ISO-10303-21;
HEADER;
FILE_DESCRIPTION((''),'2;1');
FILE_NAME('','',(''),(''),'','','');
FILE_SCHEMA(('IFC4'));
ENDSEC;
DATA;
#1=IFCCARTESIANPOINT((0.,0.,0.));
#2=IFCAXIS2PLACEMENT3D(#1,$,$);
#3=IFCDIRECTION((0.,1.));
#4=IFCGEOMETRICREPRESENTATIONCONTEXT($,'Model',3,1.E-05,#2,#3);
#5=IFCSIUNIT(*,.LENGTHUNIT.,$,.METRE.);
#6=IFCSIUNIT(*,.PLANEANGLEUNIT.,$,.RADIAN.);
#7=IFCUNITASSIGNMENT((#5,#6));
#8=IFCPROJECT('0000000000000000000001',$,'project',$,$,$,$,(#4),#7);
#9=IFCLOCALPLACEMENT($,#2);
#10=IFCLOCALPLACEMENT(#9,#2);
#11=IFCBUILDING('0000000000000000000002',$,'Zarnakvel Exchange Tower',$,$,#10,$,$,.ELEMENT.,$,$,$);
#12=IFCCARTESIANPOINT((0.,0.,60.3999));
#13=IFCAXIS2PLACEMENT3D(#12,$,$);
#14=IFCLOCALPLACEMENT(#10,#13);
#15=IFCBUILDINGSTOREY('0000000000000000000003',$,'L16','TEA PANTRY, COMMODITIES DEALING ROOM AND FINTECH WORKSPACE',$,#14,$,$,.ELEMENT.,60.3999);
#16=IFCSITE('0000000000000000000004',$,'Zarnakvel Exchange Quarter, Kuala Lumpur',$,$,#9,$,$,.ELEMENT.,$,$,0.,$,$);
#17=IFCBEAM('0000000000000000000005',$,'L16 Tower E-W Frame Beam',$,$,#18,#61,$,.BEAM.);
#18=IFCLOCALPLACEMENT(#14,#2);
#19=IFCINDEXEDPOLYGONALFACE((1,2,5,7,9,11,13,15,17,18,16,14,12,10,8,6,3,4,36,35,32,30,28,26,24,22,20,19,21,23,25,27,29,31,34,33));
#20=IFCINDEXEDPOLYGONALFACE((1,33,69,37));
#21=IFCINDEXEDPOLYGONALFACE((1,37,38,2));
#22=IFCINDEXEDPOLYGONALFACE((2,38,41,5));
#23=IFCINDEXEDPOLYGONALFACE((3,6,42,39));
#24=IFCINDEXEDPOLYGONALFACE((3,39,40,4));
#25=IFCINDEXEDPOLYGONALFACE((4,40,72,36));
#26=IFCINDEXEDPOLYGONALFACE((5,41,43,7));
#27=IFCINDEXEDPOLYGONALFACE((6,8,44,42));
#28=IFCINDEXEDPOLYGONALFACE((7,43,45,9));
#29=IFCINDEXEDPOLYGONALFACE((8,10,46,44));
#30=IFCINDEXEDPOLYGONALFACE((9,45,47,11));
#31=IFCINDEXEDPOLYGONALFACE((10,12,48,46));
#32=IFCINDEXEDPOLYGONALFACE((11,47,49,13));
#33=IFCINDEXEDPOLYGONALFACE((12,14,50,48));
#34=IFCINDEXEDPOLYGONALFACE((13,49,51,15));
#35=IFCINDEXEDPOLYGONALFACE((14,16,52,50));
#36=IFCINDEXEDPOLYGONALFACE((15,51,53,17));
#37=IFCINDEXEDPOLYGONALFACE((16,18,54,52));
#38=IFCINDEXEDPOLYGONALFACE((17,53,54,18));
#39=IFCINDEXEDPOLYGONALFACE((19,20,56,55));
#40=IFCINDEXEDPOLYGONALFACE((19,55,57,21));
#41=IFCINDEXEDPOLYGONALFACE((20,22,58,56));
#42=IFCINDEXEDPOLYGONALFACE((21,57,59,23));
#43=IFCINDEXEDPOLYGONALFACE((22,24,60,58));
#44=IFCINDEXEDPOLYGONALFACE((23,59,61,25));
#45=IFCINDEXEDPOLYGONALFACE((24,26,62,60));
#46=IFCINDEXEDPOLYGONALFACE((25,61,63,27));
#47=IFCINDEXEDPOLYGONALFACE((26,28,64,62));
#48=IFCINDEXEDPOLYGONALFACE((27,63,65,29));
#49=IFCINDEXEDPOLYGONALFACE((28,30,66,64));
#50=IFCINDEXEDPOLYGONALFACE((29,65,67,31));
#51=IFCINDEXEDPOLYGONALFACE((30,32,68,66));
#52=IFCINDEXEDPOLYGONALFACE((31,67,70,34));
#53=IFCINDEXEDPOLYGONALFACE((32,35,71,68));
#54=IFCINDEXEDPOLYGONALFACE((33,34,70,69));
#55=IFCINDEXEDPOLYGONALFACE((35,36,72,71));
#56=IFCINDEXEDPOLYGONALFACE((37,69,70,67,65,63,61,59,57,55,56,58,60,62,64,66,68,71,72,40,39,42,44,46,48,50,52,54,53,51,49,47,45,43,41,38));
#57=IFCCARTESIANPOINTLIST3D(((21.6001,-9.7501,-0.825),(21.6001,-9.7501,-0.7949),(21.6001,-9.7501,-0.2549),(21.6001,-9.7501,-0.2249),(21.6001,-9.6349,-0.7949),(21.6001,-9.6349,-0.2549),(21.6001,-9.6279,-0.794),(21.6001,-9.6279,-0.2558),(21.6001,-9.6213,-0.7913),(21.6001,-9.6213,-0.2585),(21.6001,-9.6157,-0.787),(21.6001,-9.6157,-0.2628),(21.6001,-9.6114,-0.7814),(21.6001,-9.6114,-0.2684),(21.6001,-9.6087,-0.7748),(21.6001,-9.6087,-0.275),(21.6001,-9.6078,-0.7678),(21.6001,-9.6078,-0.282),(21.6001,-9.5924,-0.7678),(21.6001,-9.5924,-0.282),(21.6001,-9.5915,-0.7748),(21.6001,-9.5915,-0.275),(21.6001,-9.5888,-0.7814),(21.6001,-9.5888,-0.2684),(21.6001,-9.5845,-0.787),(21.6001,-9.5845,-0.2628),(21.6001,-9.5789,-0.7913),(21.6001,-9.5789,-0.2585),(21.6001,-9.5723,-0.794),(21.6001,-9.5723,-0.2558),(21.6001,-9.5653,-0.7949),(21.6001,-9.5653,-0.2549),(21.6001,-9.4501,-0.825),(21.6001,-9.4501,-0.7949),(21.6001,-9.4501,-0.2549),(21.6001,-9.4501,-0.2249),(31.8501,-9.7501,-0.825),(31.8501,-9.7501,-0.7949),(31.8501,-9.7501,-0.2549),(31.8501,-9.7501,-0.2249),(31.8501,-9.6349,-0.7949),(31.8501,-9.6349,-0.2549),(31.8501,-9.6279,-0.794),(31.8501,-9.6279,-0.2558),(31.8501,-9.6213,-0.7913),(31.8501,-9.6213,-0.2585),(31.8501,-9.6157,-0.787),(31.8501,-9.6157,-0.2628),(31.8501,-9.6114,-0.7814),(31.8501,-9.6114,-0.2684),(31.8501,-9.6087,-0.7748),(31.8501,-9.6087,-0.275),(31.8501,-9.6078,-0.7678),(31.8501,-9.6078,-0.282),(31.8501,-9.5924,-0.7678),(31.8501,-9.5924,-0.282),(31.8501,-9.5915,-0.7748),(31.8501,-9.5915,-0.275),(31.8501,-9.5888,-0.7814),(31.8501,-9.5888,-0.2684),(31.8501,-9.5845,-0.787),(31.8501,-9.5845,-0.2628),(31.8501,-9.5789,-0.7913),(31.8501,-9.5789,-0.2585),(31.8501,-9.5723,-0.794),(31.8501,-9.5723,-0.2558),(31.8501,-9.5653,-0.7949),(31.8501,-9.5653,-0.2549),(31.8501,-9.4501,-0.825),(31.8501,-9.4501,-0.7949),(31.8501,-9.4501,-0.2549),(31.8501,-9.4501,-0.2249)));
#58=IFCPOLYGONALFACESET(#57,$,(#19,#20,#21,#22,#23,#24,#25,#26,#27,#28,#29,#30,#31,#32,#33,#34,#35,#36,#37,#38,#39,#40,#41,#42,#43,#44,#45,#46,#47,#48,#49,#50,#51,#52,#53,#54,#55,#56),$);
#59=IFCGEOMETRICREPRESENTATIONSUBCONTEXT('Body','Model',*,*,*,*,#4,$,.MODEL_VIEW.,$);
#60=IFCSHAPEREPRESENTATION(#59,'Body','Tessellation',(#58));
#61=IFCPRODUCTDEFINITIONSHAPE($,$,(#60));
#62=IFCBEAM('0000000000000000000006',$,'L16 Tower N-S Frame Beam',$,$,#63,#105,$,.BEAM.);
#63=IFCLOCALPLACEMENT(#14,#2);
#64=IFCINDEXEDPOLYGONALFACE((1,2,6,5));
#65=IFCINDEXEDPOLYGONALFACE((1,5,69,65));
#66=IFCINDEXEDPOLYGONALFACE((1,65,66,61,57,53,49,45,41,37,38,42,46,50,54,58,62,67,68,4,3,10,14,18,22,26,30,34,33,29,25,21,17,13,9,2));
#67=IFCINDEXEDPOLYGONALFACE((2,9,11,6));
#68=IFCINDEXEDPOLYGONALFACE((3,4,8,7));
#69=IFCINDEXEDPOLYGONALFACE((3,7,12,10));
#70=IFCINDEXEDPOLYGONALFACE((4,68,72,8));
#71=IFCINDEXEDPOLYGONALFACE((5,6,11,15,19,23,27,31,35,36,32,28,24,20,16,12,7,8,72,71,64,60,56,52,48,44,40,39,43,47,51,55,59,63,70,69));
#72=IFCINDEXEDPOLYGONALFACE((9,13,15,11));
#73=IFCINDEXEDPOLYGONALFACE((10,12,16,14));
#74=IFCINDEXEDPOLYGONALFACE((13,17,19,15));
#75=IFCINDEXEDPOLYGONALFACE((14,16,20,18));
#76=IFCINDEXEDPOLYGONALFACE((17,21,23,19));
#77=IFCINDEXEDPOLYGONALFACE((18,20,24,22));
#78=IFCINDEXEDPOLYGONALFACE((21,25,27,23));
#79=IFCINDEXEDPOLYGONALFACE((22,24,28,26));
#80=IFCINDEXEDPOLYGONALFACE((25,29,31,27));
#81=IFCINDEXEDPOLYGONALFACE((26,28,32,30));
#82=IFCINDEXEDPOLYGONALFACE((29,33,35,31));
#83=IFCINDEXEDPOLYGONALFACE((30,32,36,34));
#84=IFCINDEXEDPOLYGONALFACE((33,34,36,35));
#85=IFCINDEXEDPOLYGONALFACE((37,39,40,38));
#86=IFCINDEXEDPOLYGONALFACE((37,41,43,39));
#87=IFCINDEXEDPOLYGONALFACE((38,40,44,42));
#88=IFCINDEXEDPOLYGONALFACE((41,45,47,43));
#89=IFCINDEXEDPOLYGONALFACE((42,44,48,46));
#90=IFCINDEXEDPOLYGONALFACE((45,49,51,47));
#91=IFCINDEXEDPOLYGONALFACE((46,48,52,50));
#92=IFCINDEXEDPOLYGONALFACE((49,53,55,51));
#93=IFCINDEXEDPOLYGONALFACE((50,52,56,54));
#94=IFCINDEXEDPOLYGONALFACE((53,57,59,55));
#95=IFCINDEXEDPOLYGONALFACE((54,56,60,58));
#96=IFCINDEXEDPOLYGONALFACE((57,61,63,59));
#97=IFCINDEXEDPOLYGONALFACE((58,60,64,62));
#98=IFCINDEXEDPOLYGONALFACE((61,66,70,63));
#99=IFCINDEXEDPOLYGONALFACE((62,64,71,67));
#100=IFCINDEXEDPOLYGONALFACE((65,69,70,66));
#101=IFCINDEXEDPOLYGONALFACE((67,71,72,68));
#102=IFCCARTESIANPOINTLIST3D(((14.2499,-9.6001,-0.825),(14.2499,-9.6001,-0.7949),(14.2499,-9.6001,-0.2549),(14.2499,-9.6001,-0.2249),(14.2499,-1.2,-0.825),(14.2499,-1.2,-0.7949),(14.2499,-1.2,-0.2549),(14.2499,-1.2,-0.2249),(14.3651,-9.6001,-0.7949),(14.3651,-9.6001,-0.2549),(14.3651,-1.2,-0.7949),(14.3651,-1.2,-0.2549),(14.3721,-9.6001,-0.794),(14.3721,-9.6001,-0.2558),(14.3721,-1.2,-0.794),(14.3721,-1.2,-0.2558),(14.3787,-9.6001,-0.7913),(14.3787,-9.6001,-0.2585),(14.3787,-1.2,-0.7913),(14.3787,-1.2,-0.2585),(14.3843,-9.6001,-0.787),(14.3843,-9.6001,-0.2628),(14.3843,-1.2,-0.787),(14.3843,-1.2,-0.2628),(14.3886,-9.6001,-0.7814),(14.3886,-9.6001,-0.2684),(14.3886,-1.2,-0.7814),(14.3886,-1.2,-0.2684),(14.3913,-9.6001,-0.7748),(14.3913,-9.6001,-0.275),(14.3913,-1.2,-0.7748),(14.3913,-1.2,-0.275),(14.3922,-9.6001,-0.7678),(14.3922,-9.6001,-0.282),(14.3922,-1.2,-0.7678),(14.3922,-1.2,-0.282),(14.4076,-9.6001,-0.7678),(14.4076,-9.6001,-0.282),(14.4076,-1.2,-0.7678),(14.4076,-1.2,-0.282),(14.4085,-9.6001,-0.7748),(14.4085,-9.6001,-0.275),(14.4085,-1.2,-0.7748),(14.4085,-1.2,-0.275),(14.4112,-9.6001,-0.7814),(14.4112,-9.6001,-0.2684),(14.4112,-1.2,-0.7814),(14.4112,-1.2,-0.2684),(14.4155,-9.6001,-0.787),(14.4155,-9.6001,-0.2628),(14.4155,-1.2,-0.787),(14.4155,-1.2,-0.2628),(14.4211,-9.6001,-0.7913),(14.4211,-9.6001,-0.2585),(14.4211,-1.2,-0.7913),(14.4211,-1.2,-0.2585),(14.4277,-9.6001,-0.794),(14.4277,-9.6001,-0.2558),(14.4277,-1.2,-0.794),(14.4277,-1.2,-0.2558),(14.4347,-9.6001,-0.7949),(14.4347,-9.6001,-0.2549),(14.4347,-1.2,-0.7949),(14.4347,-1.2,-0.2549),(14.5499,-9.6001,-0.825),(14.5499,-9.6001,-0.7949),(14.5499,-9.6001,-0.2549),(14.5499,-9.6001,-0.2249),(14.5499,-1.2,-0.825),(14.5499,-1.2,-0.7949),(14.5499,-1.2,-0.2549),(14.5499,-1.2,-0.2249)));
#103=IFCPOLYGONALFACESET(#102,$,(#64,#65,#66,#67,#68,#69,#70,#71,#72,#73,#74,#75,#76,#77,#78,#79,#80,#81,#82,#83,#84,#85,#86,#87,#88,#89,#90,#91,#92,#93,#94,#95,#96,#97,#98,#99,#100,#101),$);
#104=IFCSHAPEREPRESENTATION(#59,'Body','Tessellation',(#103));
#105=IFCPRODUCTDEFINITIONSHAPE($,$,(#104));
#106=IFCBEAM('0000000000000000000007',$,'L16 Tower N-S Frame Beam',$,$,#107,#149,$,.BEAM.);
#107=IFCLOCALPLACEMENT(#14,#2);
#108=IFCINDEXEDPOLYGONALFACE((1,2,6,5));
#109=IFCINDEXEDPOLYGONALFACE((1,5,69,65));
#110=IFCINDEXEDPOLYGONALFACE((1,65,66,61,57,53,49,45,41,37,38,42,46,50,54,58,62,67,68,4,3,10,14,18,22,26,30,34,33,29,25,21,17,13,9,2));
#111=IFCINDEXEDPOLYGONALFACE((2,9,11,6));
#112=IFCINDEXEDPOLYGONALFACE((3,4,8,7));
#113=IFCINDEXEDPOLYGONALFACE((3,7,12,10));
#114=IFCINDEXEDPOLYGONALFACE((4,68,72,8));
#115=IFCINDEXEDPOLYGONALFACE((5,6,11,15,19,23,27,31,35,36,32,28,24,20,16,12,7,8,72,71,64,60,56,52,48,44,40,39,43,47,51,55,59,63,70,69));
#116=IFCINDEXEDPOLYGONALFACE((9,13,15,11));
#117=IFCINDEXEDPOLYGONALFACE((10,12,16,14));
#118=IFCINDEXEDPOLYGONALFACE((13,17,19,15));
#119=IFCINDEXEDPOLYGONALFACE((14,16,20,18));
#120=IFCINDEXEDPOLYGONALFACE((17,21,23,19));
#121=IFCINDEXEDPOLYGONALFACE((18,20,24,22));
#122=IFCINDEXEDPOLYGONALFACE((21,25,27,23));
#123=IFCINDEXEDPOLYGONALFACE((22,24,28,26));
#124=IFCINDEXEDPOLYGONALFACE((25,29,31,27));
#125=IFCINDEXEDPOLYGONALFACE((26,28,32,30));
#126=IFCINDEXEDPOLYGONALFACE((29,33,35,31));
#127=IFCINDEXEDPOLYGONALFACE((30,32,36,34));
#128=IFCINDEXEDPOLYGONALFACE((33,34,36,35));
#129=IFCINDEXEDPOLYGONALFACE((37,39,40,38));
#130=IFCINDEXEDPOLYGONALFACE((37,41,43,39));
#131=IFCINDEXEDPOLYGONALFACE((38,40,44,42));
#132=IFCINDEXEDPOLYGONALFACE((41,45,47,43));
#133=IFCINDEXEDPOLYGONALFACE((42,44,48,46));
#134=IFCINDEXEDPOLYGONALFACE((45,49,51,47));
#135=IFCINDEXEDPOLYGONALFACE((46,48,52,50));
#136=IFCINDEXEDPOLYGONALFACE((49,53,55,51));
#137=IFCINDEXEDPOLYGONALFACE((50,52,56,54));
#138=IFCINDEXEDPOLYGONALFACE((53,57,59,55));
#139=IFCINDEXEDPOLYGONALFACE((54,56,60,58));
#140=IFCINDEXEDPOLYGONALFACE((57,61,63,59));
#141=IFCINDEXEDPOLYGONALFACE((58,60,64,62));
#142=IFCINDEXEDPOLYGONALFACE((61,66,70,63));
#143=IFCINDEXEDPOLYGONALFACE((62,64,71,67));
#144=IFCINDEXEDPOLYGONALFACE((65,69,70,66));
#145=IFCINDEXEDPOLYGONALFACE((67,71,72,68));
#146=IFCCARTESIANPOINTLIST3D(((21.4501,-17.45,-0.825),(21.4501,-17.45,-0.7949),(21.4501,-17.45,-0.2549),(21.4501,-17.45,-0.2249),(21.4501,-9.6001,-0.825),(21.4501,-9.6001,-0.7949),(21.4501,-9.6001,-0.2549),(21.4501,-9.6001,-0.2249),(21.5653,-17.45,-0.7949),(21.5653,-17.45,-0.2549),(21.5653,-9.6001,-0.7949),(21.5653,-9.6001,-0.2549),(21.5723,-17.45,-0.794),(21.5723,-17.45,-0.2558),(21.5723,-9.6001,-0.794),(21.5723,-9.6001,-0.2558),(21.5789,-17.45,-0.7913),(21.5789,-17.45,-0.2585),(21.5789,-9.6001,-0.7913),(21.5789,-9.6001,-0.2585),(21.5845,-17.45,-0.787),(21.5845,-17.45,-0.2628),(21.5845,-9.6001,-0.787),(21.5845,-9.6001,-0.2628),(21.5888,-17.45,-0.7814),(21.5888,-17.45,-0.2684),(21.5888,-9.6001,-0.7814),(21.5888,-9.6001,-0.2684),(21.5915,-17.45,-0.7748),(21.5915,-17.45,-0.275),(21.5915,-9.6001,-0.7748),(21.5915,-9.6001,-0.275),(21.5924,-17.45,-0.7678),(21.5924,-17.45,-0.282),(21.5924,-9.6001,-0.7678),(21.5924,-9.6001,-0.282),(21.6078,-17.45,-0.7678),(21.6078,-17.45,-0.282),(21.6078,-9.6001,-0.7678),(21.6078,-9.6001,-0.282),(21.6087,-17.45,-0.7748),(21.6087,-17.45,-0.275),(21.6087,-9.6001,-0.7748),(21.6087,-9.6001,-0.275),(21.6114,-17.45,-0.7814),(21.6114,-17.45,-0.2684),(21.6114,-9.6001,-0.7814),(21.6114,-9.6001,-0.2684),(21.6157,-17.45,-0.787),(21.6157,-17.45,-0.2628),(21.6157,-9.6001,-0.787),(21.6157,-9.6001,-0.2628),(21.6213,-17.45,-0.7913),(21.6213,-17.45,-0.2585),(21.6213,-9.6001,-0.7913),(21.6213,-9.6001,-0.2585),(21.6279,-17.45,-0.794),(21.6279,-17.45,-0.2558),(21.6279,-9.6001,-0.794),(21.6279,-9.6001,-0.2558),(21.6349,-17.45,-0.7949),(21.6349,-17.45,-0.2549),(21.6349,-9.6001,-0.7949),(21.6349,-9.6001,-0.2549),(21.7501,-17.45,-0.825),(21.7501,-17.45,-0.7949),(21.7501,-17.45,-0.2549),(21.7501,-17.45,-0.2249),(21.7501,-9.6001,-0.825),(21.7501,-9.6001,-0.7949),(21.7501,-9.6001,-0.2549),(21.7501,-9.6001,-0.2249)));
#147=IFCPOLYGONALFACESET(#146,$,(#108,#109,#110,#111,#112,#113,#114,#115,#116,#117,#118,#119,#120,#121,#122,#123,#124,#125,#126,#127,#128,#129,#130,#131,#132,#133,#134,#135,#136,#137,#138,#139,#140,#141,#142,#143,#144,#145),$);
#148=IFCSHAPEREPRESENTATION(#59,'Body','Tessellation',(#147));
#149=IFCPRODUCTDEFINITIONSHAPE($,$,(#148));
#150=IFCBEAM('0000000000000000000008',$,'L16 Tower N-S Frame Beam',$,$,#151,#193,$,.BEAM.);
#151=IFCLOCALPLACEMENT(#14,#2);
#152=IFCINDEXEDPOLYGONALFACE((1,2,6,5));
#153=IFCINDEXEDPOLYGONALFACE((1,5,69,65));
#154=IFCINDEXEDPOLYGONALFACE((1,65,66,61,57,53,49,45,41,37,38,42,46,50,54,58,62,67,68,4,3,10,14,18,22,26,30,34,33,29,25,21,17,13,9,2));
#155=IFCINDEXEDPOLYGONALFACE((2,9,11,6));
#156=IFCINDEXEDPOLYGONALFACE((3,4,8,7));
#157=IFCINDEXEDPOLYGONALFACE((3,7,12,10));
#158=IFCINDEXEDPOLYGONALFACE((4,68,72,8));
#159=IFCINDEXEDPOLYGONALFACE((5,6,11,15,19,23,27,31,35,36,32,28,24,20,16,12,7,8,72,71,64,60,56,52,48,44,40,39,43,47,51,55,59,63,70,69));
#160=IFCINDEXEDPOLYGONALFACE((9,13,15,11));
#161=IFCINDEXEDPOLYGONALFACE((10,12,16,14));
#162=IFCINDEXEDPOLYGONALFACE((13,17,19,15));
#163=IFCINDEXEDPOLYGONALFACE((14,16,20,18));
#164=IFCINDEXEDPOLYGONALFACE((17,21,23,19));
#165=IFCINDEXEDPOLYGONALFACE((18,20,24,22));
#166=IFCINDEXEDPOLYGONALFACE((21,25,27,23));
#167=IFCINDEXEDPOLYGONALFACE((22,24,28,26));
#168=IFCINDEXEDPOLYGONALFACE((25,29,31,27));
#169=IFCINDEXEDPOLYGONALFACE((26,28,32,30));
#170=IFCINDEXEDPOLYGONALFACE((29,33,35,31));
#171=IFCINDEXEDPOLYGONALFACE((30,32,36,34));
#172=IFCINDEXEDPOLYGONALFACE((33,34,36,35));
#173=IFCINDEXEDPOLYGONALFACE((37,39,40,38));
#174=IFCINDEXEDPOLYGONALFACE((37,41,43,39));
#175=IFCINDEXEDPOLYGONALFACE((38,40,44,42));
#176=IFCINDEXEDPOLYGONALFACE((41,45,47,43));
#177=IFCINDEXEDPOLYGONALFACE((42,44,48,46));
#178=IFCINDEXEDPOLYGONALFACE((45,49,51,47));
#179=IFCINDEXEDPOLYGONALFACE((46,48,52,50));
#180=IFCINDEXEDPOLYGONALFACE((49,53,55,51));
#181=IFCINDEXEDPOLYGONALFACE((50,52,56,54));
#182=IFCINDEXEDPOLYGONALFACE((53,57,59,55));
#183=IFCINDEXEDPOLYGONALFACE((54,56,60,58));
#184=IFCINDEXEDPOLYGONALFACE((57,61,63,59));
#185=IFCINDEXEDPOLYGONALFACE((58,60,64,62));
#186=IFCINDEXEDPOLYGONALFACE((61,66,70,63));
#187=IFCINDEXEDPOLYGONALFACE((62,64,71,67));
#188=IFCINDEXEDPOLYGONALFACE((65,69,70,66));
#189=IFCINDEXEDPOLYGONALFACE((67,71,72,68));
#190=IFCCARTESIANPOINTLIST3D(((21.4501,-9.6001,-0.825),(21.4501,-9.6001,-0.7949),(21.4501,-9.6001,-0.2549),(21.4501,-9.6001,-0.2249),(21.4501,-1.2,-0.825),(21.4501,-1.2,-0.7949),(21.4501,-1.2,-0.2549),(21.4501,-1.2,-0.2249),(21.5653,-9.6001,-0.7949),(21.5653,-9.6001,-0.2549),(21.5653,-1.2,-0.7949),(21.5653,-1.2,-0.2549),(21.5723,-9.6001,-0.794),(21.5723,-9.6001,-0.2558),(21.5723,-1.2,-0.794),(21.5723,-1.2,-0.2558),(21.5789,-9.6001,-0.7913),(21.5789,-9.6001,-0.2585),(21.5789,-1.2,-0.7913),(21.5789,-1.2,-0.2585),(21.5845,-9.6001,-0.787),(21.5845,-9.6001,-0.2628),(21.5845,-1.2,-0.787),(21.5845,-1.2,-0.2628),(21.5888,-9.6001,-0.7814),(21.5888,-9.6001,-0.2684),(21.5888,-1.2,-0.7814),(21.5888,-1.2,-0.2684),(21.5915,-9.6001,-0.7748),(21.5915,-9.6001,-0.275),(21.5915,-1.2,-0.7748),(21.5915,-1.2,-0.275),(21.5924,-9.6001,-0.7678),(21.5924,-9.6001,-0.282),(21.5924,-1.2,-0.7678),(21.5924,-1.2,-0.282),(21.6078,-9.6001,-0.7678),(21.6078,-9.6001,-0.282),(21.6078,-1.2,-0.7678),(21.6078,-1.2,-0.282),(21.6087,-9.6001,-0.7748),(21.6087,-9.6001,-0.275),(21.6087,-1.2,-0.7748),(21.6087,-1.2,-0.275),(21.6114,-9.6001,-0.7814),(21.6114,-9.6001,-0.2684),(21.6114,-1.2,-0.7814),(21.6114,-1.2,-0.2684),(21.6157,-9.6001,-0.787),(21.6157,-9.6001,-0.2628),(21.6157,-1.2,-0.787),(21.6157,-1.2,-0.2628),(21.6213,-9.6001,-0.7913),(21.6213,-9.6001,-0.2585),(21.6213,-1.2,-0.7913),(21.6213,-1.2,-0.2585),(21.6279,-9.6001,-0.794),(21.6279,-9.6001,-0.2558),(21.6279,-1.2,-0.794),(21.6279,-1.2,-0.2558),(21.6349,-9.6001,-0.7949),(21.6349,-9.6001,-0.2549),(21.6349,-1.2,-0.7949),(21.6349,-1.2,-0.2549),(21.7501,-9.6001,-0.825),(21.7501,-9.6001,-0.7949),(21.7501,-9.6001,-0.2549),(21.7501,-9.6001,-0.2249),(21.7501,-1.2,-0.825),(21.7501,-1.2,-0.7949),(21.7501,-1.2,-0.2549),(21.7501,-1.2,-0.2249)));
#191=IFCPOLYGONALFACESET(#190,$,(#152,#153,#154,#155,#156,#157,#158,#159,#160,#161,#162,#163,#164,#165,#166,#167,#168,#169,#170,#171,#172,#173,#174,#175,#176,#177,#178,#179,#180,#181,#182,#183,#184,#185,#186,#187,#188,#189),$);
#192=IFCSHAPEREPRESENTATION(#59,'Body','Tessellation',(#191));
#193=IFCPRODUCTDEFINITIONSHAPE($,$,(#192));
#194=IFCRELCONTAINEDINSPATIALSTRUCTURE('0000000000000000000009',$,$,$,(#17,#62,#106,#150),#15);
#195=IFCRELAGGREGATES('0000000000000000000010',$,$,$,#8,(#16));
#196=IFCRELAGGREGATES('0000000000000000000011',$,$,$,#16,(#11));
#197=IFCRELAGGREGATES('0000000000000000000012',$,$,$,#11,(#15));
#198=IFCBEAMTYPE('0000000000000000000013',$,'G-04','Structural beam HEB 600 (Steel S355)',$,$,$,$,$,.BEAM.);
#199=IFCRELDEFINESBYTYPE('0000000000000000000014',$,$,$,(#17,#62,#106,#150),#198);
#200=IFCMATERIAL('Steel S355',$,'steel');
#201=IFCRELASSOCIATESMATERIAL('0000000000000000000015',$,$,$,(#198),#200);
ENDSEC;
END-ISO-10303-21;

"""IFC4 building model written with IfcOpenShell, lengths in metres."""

from ifc_helpers import new_model, si_unit, direction, frame, origin, origin_2d, place, context, subcontext, project, spatial, i_section, extrude, material, material_profile, profile_set, type_object, element, save


model = new_model("IFC4")

# Units and contexts
model_context = context("Model", 3, precision=1e-05, world=origin(), true_north=direction((0.0, 1.0)))
body_context = subcontext(model_context, "Body", "Model", "MODEL_VIEW")
ifc_project = project(units=[si_unit("LENGTHUNIT", "METRE"), si_unit("PLANEANGLEUNIT", "RADIAN")], contexts=[model_context])

# Site, building, storey
site_placement = place(None, origin())
site = spatial("IfcSite", under=ifc_project, at=site_placement, Name="Zarnakvel Exchange Quarter, Kuala Lumpur", CompositionType="ELEMENT", RefElevation=0.0)
building_placement = place(site_placement, origin())
building = spatial("IfcBuilding", under=site, at=building_placement, Name="Zarnakvel Exchange Tower", CompositionType="ELEMENT")
storey_placement = place(building_placement, frame((0.0, 0.0, 60.3999)))
storey = spatial("IfcBuildingStorey", under=building, at=storey_placement, Name="L16", Description="TEA PANTRY, COMMODITIES DEALING ROOM AND FINTECH WORKSPACE", CompositionType="ELEMENT", Elevation=60.3999)

# Shared definitions
ifc_material_1 = material(Name="Steel S355", Category="steel")

# Beams
ifc_material_profile_1 = material_profile(ifc_material_1, i_section(OverallWidth=0.3, OverallDepth=0.6001, WebThickness=0.0154, FlangeThickness=0.03, FilletRadius=0.0271, at=origin_2d()))
ifc_profile_set_1 = profile_set([ifc_material_profile_1], Name="Steel S355")
beam_type_1 = type_object("IfcBeamType", Name="G-04", Description="Structural beam HEB 600 (Steel S355)", PredefinedType="BEAM", material=ifc_profile_set_1)
beam_1_placement = place(storey_placement, frame((21.6001, -9.6001, -0.5249), z_axis=(1.0, 0.0, 0.0), x_axis=(0.0, 1.0, 0.0)))
element("IfcBeam", 1, at=beam_1_placement, inside=storey, type_object=beam_type_1, Name="L16 Tower E-W Frame Beam", PredefinedType="BEAM", context=body_context, shape_type="SweptSolid", body=[
    extrude(i_section(OverallWidth=0.3, OverallDepth=0.6001, WebThickness=0.0154, FlangeThickness=0.03, FilletRadius=0.0271, at=origin_2d()), origin(), (0.0, 0.0, 1.0), 10.25),
])
beam_2_placement = place(storey_placement, frame((14.3999, -9.6001, -0.5249), z_axis=(0.0, 1.0, 0.0), x_axis=(-1.0, 0.0, 0.0)))
element("IfcBeam", 2, at=beam_2_placement, inside=storey, type_object=beam_type_1, Name="L16 Tower N-S Frame Beam", PredefinedType="BEAM", context=body_context, shape_type="SweptSolid", body=[
    extrude(i_section(OverallWidth=0.3, OverallDepth=0.6001, WebThickness=0.0154, FlangeThickness=0.03, FilletRadius=0.0271, at=origin_2d()), origin(), (0.0, 0.0, 1.0), 8.4001),
])
beam_3_placement = place(storey_placement, frame((21.6001, -17.45, -0.5249), z_axis=(0.0, 1.0, 0.0), x_axis=(-1.0, 0.0, 0.0)))
element("IfcBeam", 3, at=beam_3_placement, inside=storey, type_object=beam_type_1, Name="L16 Tower N-S Frame Beam", PredefinedType="BEAM", context=body_context, shape_type="SweptSolid", body=[
    extrude(i_section(OverallWidth=0.3, OverallDepth=0.6001, WebThickness=0.0154, FlangeThickness=0.03, FilletRadius=0.0271, at=origin_2d()), origin(), (0.0, 0.0, 1.0), 7.8499),
])
beam_4_placement = place(storey_placement, frame((21.6001, -9.6001, -0.5249), z_axis=(0.0, 1.0, 0.0), x_axis=(-1.0, 0.0, 0.0)))
element("IfcBeam", 4, at=beam_4_placement, inside=storey, type_object=beam_type_1, Name="L16 Tower N-S Frame Beam", PredefinedType="BEAM", context=body_context, shape_type="SweptSolid", body=[
    extrude(i_section(OverallWidth=0.3, OverallDepth=0.6001, WebThickness=0.0154, FlangeThickness=0.03, FilletRadius=0.0271, at=origin_2d()), origin(), (0.0, 0.0, 1.0), 8.4001),
])

save(model, "model.ifc")
